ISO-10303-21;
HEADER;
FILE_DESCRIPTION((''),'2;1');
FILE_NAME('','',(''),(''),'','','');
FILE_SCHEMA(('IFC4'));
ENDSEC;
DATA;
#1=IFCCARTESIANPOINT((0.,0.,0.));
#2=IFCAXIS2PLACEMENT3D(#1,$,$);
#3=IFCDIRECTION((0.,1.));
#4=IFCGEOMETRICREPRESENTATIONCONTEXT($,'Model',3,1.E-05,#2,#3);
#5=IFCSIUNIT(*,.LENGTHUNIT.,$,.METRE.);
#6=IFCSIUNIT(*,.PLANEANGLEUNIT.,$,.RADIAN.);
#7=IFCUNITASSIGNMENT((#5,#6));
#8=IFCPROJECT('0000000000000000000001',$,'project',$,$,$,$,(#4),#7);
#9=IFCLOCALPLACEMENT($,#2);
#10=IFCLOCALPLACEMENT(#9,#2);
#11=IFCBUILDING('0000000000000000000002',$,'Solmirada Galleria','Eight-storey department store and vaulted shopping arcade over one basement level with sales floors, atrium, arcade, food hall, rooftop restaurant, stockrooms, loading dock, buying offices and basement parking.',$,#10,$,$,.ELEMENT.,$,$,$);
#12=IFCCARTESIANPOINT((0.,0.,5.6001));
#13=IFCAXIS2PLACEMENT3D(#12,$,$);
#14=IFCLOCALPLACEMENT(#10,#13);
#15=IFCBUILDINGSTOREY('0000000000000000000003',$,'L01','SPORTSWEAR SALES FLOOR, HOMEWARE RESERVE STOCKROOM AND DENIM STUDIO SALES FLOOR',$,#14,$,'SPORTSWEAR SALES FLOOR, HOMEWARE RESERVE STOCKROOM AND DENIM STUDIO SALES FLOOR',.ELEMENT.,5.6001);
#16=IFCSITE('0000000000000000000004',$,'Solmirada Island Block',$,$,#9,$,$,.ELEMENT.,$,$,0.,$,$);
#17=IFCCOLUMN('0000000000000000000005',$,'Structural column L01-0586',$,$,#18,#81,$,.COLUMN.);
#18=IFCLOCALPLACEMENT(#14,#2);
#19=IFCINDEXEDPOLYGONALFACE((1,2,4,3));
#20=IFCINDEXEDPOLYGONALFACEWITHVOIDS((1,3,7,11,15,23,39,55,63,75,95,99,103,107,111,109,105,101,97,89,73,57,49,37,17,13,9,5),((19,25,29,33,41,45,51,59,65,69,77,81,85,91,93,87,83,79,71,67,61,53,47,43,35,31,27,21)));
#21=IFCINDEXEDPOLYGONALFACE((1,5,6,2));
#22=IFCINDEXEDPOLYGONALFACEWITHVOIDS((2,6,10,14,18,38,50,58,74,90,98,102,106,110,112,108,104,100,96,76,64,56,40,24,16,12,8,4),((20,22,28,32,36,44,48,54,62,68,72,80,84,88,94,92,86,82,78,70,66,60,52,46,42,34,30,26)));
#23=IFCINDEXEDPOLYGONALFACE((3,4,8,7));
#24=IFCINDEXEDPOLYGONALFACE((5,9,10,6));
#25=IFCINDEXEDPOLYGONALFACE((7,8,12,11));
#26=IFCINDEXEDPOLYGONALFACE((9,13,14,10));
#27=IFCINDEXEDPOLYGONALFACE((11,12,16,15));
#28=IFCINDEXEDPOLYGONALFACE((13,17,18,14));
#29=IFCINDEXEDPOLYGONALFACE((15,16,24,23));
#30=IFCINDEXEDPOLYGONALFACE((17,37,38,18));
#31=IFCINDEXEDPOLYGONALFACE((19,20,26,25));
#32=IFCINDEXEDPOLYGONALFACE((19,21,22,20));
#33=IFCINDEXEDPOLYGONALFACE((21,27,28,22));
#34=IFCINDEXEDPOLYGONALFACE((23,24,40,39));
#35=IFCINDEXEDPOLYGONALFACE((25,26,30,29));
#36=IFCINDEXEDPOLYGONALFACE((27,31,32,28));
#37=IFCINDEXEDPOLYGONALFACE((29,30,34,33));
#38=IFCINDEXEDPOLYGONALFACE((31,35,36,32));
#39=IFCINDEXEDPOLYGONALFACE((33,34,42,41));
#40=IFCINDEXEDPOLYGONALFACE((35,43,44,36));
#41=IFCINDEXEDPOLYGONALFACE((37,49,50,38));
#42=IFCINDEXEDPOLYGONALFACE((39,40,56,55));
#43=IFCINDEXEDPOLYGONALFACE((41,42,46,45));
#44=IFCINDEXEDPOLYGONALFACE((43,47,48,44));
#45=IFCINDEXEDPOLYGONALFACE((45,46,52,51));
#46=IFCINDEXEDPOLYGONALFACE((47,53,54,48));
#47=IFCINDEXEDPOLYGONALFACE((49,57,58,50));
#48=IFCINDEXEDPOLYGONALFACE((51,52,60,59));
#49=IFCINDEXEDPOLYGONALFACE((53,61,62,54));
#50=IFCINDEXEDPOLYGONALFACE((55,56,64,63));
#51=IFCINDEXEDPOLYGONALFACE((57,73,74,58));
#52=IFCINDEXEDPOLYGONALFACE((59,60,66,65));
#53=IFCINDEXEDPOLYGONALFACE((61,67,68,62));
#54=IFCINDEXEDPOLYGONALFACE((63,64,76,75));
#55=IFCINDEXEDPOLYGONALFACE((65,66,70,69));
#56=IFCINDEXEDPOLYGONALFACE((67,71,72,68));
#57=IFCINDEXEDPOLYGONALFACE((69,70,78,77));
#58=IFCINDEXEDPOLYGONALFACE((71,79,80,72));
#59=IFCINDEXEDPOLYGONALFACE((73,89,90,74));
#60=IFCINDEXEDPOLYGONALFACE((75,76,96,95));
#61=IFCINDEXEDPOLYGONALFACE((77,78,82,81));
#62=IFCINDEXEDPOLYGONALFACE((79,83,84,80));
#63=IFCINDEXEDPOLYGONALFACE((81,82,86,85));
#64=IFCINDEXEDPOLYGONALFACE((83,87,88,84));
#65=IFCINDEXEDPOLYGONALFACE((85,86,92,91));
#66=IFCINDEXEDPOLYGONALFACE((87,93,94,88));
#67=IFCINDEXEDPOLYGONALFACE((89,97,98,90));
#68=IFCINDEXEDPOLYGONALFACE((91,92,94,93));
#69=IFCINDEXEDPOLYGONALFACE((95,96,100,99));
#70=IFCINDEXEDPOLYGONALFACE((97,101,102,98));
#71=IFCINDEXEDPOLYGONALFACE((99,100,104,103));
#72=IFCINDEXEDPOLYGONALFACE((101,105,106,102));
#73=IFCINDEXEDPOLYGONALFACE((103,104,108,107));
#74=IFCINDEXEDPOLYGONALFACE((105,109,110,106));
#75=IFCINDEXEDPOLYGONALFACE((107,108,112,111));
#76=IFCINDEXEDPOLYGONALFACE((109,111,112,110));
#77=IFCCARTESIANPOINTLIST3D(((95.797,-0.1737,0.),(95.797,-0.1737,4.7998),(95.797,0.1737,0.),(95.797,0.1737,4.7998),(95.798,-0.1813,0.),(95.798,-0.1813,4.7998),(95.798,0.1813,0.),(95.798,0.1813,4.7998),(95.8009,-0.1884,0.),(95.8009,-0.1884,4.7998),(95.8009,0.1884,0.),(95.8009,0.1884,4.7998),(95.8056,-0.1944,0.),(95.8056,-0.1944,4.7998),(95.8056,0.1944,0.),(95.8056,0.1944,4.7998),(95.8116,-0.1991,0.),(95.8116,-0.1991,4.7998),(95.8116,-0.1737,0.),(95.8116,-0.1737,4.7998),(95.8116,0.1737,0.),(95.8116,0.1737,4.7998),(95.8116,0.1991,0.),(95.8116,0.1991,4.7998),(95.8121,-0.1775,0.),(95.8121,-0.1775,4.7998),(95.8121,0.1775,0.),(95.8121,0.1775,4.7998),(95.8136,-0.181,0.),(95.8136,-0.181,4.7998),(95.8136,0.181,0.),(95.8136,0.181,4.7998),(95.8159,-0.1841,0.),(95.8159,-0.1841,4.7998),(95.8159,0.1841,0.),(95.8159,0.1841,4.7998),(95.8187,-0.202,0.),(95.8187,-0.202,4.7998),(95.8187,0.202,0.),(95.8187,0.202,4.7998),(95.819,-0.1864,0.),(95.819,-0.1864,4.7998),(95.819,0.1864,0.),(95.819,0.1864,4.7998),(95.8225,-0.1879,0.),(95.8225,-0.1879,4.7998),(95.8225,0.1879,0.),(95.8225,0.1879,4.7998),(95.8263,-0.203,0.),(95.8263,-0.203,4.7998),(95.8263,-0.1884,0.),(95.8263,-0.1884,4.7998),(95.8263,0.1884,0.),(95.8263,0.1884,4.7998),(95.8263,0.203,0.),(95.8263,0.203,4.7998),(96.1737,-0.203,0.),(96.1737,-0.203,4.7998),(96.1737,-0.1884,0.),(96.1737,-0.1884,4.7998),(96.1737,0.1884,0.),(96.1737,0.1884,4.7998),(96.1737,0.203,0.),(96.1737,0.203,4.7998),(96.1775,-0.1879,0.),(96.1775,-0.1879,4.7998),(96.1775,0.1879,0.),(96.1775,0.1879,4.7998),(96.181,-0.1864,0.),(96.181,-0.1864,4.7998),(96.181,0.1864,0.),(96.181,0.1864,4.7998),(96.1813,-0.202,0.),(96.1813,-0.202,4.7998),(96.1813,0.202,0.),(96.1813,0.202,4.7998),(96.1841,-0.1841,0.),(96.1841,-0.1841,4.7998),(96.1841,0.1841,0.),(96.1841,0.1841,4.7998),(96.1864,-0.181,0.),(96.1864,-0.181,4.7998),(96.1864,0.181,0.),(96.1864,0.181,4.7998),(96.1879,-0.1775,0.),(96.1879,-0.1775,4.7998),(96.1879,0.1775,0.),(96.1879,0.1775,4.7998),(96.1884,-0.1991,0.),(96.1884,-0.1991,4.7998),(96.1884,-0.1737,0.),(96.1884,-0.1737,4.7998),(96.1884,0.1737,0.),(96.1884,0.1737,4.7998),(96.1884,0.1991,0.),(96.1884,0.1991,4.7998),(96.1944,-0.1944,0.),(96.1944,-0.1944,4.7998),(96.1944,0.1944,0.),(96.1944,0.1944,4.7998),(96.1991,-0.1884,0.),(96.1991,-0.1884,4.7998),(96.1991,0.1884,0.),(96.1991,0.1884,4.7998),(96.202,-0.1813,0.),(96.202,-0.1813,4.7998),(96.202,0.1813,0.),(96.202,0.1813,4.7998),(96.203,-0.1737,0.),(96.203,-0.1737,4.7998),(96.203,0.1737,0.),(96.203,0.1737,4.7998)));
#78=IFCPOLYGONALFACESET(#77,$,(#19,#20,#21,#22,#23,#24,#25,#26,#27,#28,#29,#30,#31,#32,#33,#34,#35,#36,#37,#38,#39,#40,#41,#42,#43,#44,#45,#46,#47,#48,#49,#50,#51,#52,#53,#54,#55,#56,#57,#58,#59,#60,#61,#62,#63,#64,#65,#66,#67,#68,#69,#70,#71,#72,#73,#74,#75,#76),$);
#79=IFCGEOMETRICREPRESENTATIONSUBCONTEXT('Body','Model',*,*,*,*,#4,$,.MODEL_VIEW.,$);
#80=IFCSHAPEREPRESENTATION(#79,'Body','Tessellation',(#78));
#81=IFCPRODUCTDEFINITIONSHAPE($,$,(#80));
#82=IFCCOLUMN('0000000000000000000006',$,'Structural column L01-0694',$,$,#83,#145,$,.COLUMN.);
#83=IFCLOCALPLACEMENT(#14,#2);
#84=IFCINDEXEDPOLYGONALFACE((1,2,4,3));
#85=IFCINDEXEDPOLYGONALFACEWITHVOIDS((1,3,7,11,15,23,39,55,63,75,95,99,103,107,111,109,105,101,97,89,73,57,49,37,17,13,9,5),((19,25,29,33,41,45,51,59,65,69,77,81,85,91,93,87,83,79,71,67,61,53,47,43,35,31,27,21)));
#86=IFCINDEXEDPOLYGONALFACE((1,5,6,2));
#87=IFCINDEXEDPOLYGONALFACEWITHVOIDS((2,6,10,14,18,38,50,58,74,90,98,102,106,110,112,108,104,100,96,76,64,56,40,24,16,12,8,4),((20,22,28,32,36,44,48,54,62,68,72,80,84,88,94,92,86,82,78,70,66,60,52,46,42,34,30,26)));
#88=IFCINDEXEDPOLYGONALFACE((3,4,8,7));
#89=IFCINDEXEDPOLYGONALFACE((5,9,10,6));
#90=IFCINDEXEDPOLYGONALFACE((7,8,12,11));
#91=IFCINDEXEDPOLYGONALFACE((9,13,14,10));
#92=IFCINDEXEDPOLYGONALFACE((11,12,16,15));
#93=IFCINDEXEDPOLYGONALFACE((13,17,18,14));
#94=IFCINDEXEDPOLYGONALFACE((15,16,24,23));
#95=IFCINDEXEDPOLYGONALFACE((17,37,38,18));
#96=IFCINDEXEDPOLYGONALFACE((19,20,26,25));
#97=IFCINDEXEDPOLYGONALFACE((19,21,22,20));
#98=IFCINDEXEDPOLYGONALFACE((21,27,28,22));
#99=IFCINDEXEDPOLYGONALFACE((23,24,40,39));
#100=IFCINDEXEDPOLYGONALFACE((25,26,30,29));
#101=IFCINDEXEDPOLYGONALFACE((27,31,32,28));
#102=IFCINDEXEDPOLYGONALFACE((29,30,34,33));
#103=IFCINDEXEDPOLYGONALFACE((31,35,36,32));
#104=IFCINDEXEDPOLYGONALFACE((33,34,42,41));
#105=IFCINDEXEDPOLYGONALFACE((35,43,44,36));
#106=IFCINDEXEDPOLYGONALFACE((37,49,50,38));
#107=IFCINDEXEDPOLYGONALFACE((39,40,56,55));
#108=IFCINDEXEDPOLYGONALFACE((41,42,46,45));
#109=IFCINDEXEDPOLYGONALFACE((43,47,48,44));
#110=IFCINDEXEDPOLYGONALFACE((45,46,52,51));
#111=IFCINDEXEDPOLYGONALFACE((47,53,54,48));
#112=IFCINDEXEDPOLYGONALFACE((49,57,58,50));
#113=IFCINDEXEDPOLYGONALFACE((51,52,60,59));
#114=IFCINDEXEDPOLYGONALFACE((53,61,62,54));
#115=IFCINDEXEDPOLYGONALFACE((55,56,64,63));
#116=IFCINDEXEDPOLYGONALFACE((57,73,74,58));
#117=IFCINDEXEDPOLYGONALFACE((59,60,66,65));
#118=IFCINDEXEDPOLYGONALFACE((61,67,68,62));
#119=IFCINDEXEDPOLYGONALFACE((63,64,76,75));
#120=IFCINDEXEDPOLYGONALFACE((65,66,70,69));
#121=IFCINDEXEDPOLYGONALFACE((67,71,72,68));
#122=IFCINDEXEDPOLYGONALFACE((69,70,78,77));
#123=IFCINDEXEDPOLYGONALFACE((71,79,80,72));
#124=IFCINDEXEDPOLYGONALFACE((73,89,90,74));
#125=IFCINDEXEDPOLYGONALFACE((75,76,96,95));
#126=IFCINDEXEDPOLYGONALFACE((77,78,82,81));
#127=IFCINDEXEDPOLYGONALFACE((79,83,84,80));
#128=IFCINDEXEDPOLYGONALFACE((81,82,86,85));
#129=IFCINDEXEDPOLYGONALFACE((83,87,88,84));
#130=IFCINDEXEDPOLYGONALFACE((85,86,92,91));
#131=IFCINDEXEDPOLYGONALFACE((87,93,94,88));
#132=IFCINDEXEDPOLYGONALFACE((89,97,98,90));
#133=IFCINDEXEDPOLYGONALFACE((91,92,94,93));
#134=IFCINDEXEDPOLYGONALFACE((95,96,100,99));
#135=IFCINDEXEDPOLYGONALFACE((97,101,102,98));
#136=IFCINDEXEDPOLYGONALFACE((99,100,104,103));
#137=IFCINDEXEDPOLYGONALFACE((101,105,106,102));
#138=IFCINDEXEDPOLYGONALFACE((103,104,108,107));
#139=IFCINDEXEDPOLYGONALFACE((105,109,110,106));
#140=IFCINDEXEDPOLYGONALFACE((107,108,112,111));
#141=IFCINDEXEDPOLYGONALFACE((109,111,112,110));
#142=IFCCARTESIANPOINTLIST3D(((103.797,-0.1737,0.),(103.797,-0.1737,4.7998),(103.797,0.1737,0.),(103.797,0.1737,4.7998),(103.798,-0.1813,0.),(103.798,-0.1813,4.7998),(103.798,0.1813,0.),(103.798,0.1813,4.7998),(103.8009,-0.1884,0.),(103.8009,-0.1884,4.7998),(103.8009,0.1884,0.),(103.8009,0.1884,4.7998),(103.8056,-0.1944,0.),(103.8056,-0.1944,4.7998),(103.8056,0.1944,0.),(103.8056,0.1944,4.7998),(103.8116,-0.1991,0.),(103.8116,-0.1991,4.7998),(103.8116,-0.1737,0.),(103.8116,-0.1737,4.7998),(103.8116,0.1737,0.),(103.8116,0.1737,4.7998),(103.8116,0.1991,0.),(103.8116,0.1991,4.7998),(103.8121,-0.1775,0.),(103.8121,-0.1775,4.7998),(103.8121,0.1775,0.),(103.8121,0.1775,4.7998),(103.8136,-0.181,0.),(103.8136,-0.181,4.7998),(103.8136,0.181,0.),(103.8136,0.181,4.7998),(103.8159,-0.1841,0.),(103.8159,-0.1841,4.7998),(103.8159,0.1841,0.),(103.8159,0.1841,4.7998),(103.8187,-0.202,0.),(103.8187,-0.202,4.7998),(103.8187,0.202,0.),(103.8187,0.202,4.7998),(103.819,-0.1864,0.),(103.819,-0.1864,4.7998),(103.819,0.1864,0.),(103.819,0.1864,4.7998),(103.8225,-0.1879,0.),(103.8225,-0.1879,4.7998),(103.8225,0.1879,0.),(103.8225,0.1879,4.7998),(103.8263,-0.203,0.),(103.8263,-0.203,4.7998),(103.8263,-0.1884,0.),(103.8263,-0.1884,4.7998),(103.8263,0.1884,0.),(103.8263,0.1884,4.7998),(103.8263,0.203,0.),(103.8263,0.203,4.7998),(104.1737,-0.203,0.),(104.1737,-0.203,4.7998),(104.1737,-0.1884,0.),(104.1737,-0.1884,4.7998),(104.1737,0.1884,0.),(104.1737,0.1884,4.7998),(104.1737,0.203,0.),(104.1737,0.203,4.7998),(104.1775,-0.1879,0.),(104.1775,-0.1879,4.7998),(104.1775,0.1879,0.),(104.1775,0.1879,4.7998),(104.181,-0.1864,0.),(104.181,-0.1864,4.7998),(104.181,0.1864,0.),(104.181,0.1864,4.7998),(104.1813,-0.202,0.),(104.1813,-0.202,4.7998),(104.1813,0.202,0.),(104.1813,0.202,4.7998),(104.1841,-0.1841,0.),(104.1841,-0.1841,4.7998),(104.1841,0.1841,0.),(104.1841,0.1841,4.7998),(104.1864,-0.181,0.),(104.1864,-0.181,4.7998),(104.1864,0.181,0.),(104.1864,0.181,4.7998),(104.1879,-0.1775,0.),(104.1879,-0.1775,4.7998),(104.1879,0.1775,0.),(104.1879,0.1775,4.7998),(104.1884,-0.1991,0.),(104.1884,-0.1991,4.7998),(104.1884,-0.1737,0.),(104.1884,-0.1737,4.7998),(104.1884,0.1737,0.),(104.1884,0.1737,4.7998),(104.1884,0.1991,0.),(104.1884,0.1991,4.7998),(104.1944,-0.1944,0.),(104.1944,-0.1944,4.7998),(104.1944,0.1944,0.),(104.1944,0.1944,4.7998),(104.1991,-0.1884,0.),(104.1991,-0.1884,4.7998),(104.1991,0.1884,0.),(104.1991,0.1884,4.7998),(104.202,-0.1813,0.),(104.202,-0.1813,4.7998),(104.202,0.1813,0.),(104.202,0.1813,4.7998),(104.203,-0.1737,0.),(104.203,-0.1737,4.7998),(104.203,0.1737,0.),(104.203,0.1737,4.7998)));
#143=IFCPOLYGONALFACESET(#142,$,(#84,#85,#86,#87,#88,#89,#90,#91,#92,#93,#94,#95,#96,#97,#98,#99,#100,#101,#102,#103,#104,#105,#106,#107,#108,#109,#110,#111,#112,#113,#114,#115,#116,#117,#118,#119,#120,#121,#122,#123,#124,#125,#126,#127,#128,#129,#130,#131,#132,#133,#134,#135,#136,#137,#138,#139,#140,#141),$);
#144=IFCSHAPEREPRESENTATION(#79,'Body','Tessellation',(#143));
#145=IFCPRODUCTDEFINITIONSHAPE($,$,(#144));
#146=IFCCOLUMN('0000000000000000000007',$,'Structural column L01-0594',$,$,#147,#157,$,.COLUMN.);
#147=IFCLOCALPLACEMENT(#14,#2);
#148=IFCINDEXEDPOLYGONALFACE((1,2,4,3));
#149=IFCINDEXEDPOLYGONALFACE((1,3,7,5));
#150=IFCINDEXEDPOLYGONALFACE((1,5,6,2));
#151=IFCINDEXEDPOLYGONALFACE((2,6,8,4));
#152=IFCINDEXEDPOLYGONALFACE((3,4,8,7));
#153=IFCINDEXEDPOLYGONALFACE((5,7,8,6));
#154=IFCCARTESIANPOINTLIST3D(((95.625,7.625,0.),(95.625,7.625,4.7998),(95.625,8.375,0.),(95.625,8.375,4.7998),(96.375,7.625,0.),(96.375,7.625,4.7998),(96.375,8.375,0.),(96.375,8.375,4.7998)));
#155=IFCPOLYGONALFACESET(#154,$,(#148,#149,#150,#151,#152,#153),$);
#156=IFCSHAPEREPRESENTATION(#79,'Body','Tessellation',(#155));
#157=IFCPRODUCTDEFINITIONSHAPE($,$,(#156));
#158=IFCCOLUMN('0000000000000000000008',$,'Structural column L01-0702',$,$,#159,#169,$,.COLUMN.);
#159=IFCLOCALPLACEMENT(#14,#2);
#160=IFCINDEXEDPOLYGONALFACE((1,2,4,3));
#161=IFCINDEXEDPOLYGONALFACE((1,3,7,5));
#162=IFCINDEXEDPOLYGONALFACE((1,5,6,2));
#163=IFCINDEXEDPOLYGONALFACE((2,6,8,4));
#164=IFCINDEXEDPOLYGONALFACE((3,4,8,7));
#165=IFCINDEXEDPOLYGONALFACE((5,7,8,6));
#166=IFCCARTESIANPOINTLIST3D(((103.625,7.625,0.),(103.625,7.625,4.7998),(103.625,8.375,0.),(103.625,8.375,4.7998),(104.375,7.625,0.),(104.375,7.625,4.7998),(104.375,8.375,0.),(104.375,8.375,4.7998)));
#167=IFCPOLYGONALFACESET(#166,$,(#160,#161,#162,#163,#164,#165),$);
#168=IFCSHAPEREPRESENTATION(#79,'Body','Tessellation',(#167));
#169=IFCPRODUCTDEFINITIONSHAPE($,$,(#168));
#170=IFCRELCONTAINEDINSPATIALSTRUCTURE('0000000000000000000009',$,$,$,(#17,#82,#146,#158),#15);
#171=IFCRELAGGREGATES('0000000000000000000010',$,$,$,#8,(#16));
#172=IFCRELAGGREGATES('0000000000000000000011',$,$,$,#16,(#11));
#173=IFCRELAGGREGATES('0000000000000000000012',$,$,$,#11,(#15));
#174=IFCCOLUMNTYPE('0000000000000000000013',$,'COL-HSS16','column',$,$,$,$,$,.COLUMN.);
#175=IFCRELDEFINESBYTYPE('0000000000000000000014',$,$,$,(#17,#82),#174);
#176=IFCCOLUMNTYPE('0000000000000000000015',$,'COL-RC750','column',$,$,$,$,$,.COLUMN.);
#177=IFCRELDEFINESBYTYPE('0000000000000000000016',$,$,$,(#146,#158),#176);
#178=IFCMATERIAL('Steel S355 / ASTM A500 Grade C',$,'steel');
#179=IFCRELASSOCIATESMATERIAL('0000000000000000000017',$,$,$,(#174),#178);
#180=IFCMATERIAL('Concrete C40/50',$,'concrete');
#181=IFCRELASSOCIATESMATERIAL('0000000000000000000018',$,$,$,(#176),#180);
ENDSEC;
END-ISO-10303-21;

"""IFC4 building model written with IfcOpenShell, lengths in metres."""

from ifc_helpers import new_model, si_unit, direction, frame, origin, origin_2d, place, context, subcontext, project, spatial, rectangle, hollow_rectangle, extrude, material, material_profile, profile_set, type_object, element, save


model = new_model("IFC4")

# Units and contexts
model_context = context("Model", 3, precision=1e-05, world=origin(), true_north=direction((0.0, 1.0)))
body_context = subcontext(model_context, "Body", "Model", "MODEL_VIEW")
ifc_project = project(units=[si_unit("LENGTHUNIT", "METRE"), si_unit("PLANEANGLEUNIT", "RADIAN")], contexts=[model_context])

# Site, building, storey
site_placement = place(None, origin())
site = spatial("IfcSite", under=ifc_project, at=site_placement, Name="Solmirada Island Block", CompositionType="ELEMENT", RefElevation=0.0)
building_placement = place(site_placement, origin())
building = spatial("IfcBuilding", under=site, at=building_placement, Name="Solmirada Galleria", Description="Eight-storey department store and vaulted shopping arcade over one basement level with sales floors, atrium, arcade, food hall, rooftop restaurant, stockrooms, loading dock, buying offices and basement parking.", CompositionType="ELEMENT")
storey_placement = place(building_placement, frame((0.0, 0.0, 5.6001)))
storey = spatial("IfcBuildingStorey", under=building, at=storey_placement, Name="L01", Description="SPORTSWEAR SALES FLOOR, HOMEWARE RESERVE STOCKROOM AND DENIM STUDIO SALES FLOOR", LongName="SPORTSWEAR SALES FLOOR, HOMEWARE RESERVE STOCKROOM AND DENIM STUDIO SALES FLOOR", CompositionType="ELEMENT", Elevation=5.6001)

# Columns
ifc_material_1 = material(Name="Steel S355 / ASTM A500 Grade C", Category="steel")
ifc_material_profile_1 = material_profile(ifc_material_1, hollow_rectangle(XDim=0.406, YDim=0.406, WallThickness=0.0146, InnerFilletRadius=0.0146, OuterFilletRadius=0.0293, at=origin_2d()), Name="HSS16X16X5/8")
ifc_profile_set_1 = profile_set([ifc_material_profile_1], Name="Steel S355 / ASTM A500 Grade C")
column_type_1 = type_object("IfcColumnType", Name="COL-HSS16", Description="column", PredefinedType="COLUMN", material=ifc_profile_set_1)
for number, where, z_axis, x_axis, name in (
    (1, (96.0, 0.0, 0.0), (0.0, 0.0, 1.0), (1.0, 0.0, 0.0), "Structural column L01-0586"),
    (2, (104.0, 0.0, 0.0), (0.0, 0.0, 1.0), (1.0, 0.0, 0.0), "Structural column L01-0694"),
):
    element("IfcColumn", number, at=place(storey_placement, frame(where, z_axis=z_axis, x_axis=x_axis)), inside=storey, type_object=column_type_1, Name=name, PredefinedType="COLUMN", context=body_context, shape_type="SweptSolid", body=[
        extrude(hollow_rectangle(XDim=0.406, YDim=0.406, WallThickness=0.0146, InnerFilletRadius=0.0146, OuterFilletRadius=0.0293, at=origin_2d()), origin(), (0.0, 0.0, 1.0), 4.7998),
    ])
ifc_material_2 = material(Name="Concrete C40/50", Category="concrete")
ifc_material_profile_2 = material_profile(ifc_material_2, rectangle(XDim=0.75, YDim=0.75, at=origin_2d()), Name="RC750X750")
ifc_profile_set_2 = profile_set([ifc_material_profile_2], Name="Concrete C40/50")
column_type_2 = type_object("IfcColumnType", Name="COL-RC750", Description="column", PredefinedType="COLUMN", material=ifc_profile_set_2)
for number, where, z_axis, x_axis, name in (
    (3, (96.0, 8.0, 0.0), (0.0, 0.0, 1.0), (1.0, 0.0, 0.0), "Structural column L01-0594"),
    (4, (104.0, 8.0, 0.0), (0.0, 0.0, 1.0), (1.0, 0.0, 0.0), "Structural column L01-0702"),
):
    element("IfcColumn", number, at=place(storey_placement, frame(where, z_axis=z_axis, x_axis=x_axis)), inside=storey, type_object=column_type_2, Name=name, PredefinedType="COLUMN", context=body_context, shape_type="SweptSolid", body=[
        extrude(rectangle(XDim=0.75, YDim=0.75, at=origin_2d()), origin(), (0.0, 0.0, 1.0), 4.7998),
    ])

save(model, "model.ifc")
